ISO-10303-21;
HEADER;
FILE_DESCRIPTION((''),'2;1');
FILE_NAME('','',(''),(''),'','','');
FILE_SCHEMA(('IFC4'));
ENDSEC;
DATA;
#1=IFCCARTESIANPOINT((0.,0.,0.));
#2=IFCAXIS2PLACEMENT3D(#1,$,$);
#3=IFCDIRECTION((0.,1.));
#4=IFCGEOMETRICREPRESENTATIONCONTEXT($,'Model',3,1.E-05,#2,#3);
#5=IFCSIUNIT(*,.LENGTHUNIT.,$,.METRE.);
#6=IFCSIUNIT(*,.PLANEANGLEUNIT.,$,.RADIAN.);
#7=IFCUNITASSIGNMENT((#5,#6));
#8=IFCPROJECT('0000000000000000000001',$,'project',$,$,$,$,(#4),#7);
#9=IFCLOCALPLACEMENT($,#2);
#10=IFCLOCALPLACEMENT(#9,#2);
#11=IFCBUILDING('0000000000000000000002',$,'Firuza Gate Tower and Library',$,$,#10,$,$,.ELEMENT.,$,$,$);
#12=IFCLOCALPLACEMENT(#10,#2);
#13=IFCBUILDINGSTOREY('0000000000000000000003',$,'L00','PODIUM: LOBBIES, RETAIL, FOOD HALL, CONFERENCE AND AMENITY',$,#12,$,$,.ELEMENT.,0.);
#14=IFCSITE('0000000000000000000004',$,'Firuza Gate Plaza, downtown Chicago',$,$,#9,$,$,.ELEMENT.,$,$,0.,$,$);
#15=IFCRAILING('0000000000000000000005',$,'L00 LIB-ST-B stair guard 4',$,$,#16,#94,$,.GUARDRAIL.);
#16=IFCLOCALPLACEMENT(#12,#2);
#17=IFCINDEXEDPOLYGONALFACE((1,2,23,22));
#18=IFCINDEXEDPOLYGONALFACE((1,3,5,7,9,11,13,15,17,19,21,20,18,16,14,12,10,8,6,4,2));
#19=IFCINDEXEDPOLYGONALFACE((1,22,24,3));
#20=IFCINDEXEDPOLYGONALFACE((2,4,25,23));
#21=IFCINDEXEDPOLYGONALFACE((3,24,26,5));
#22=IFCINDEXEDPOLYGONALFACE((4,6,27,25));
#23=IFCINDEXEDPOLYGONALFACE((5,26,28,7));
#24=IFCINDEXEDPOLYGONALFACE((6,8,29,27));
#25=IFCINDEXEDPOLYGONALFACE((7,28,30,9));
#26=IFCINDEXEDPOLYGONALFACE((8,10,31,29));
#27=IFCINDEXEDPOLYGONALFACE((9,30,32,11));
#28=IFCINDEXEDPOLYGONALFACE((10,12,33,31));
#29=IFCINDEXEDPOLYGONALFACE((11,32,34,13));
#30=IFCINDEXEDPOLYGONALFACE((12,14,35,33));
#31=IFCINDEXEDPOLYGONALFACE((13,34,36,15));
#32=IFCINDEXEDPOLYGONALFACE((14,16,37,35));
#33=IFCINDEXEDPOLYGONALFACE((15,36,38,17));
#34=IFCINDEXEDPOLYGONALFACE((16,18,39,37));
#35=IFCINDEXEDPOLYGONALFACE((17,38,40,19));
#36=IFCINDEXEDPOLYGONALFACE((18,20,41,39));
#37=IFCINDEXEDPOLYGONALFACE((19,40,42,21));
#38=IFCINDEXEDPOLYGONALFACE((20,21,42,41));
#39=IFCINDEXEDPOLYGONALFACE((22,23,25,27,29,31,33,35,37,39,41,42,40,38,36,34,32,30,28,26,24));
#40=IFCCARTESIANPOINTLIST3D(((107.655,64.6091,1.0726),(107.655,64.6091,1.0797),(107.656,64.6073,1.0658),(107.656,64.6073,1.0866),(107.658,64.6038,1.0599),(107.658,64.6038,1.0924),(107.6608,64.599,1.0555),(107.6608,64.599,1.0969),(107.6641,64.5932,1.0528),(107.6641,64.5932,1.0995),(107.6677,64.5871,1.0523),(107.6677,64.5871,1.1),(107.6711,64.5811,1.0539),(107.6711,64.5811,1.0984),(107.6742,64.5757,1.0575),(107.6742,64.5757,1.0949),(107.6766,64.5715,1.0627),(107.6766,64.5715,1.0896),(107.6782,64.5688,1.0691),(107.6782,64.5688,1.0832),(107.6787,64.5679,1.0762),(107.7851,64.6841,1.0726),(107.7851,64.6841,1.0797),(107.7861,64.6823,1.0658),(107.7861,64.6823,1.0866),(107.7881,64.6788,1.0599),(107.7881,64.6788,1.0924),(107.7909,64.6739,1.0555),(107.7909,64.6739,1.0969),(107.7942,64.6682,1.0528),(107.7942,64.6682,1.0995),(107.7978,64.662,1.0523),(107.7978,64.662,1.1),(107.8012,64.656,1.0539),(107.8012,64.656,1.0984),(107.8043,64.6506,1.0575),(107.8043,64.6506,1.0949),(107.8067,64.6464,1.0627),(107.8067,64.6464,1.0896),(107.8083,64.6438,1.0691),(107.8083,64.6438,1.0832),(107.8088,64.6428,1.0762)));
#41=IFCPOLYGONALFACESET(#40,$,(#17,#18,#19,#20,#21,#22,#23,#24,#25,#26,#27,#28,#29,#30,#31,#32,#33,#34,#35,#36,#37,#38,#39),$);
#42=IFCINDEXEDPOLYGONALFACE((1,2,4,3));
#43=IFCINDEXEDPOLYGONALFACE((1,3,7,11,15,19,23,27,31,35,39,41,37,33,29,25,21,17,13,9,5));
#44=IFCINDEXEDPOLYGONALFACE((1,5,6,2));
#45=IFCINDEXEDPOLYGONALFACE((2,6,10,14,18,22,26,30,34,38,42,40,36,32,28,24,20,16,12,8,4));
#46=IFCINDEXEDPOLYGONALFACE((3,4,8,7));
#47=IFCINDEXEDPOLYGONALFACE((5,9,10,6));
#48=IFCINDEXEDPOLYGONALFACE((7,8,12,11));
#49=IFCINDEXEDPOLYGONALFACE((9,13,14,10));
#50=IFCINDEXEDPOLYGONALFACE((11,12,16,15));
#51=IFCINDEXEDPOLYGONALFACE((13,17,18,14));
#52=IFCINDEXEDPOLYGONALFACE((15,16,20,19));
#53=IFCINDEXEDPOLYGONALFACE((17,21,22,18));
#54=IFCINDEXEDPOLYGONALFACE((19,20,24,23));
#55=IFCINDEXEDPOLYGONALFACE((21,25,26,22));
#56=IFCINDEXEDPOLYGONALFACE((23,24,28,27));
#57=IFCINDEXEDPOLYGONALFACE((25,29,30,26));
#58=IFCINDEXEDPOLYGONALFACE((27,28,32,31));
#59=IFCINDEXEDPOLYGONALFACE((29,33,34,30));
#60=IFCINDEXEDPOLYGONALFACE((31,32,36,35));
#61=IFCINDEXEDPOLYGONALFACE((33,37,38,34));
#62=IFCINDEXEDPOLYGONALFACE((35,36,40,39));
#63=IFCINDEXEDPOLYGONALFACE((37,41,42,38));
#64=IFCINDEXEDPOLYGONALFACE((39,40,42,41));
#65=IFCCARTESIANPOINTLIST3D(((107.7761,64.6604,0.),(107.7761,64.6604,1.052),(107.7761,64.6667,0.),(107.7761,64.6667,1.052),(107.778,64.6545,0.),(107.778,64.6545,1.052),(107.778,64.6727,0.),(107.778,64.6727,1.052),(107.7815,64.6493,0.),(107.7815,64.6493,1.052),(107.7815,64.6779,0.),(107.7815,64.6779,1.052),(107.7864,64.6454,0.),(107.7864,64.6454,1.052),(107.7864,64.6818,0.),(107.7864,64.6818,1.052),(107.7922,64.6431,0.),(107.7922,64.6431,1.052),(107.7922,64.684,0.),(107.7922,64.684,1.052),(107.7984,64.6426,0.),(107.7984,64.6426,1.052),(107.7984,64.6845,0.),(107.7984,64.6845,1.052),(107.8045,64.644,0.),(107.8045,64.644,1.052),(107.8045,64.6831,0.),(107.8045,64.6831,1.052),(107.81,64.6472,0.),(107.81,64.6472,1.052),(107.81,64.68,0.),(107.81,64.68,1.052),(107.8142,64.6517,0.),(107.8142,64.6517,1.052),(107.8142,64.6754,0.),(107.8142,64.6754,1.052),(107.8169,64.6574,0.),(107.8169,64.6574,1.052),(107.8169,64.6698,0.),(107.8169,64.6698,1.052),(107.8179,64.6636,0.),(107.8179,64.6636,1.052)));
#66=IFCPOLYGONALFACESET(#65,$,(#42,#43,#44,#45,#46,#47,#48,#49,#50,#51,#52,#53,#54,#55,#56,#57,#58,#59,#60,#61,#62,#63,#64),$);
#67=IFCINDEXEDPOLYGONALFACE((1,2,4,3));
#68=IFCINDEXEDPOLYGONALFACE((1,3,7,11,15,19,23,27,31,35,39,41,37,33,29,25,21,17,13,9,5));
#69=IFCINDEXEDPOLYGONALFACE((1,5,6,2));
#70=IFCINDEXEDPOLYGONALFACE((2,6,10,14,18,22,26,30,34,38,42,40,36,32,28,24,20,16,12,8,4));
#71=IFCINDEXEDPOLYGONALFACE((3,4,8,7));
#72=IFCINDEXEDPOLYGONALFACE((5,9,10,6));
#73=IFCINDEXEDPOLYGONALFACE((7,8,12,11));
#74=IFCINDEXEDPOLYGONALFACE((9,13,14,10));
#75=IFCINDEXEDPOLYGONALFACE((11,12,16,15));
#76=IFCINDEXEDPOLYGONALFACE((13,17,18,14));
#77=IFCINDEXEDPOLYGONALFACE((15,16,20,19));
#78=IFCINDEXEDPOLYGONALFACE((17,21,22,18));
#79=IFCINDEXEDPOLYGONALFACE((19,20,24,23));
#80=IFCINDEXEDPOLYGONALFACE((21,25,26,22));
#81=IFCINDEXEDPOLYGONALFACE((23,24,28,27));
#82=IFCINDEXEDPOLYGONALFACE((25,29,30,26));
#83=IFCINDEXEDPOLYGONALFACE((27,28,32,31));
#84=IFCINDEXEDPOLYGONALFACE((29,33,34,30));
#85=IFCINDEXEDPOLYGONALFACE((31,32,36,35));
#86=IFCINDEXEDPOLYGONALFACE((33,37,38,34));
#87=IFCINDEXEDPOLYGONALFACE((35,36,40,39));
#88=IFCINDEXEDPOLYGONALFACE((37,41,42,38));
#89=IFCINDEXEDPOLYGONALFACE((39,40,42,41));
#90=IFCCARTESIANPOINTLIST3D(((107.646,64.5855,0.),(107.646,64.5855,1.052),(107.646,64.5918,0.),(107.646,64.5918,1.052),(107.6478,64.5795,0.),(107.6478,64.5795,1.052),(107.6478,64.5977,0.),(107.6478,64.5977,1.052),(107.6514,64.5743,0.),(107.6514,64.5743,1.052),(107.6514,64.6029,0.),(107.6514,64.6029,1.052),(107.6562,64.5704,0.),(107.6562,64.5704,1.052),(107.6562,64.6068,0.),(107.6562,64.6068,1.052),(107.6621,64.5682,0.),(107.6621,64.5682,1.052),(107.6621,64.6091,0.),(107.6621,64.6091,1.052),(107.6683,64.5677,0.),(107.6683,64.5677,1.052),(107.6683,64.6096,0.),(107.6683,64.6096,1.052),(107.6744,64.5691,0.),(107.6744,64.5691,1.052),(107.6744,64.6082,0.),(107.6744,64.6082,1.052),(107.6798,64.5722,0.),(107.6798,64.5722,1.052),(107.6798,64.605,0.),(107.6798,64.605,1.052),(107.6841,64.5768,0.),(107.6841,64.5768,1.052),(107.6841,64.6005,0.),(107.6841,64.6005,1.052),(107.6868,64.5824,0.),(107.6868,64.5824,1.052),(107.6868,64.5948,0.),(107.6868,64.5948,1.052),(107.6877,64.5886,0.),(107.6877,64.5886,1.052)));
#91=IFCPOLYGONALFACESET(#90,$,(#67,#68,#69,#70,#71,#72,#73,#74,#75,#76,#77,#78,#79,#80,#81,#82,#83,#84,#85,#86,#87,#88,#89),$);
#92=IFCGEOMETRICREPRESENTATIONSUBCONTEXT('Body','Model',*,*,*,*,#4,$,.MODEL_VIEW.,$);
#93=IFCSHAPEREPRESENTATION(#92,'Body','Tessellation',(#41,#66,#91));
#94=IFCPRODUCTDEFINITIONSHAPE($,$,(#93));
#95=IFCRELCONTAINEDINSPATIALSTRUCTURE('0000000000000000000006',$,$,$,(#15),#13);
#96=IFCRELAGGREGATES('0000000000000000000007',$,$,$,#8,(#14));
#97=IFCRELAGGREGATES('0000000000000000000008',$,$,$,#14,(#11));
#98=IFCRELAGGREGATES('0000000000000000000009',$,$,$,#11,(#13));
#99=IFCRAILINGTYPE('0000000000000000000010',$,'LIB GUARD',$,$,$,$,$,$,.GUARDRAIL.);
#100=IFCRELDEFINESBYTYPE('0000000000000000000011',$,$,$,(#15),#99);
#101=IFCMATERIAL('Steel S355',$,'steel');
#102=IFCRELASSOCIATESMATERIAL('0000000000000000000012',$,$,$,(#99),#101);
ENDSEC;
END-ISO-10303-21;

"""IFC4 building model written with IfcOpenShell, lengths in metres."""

from ifc_helpers import new_model, si_unit, direction, frame, origin, origin_2d, place, context, subcontext, project, spatial, circle, extrude, material, type_object, element, save


model = new_model("IFC4")

# Units and contexts
model_context = context("Model", 3, precision=1e-05, world=origin(), true_north=direction((0.0, 1.0)))
body_context = subcontext(model_context, "Body", "Model", "MODEL_VIEW")
ifc_project = project(units=[si_unit("LENGTHUNIT", "METRE"), si_unit("PLANEANGLEUNIT", "RADIAN")], contexts=[model_context])

# Site, building, storey
site_placement = place(None, origin())
site = spatial("IfcSite", under=ifc_project, at=site_placement, Name="Firuza Gate Plaza, downtown Chicago", CompositionType="ELEMENT", RefElevation=0.0)
building_placement = place(site_placement, origin())
building = spatial("IfcBuilding", under=site, at=building_placement, Name="Firuza Gate Tower and Library", CompositionType="ELEMENT")
storey_placement = place(building_placement, origin())
storey = spatial("IfcBuildingStorey", under=building, at=storey_placement, Name="L00", Description="PODIUM: LOBBIES, RETAIL, FOOD HALL, CONFERENCE AND AMENITY", CompositionType="ELEMENT", Elevation=0.0)

# Railing
ifc_material_1 = material(Name="Steel S355", Category="steel")
railing_type_1 = type_object("IfcRailingType", Name="LIB GUARD", PredefinedType="GUARDRAIL", material=ifc_material_1)
railing_1_placement = place(storey_placement, frame((107.7969, 64.6636, 0.0)))
element("IfcRailing", 1, at=railing_1_placement, inside=storey, type_object=railing_type_1, Name="L00 LIB-ST-B stair guard 4", PredefinedType="GUARDRAIL", context=body_context, shape_type="SweptSolid", body=[
    extrude(circle(Radius=0.0239, at=origin_2d()), frame((0.0, 0.0, 1.0762), z_axis=(-0.866537, -0.499112, 0.0), x_axis=(0.499112, -0.866537, 0.0)), (0.0, 0.0, 1.0), 0.1501),
    extrude(circle(Radius=0.021, at=origin_2d()), origin(), (0.0, 0.0, 1.0), 1.052),
    extrude(circle(Radius=0.021, at=origin_2d()), frame((-0.1301, -0.075, 0.0)), (0.0, 0.0, 1.0), 1.052),
])

save(model, "model.ifc")
